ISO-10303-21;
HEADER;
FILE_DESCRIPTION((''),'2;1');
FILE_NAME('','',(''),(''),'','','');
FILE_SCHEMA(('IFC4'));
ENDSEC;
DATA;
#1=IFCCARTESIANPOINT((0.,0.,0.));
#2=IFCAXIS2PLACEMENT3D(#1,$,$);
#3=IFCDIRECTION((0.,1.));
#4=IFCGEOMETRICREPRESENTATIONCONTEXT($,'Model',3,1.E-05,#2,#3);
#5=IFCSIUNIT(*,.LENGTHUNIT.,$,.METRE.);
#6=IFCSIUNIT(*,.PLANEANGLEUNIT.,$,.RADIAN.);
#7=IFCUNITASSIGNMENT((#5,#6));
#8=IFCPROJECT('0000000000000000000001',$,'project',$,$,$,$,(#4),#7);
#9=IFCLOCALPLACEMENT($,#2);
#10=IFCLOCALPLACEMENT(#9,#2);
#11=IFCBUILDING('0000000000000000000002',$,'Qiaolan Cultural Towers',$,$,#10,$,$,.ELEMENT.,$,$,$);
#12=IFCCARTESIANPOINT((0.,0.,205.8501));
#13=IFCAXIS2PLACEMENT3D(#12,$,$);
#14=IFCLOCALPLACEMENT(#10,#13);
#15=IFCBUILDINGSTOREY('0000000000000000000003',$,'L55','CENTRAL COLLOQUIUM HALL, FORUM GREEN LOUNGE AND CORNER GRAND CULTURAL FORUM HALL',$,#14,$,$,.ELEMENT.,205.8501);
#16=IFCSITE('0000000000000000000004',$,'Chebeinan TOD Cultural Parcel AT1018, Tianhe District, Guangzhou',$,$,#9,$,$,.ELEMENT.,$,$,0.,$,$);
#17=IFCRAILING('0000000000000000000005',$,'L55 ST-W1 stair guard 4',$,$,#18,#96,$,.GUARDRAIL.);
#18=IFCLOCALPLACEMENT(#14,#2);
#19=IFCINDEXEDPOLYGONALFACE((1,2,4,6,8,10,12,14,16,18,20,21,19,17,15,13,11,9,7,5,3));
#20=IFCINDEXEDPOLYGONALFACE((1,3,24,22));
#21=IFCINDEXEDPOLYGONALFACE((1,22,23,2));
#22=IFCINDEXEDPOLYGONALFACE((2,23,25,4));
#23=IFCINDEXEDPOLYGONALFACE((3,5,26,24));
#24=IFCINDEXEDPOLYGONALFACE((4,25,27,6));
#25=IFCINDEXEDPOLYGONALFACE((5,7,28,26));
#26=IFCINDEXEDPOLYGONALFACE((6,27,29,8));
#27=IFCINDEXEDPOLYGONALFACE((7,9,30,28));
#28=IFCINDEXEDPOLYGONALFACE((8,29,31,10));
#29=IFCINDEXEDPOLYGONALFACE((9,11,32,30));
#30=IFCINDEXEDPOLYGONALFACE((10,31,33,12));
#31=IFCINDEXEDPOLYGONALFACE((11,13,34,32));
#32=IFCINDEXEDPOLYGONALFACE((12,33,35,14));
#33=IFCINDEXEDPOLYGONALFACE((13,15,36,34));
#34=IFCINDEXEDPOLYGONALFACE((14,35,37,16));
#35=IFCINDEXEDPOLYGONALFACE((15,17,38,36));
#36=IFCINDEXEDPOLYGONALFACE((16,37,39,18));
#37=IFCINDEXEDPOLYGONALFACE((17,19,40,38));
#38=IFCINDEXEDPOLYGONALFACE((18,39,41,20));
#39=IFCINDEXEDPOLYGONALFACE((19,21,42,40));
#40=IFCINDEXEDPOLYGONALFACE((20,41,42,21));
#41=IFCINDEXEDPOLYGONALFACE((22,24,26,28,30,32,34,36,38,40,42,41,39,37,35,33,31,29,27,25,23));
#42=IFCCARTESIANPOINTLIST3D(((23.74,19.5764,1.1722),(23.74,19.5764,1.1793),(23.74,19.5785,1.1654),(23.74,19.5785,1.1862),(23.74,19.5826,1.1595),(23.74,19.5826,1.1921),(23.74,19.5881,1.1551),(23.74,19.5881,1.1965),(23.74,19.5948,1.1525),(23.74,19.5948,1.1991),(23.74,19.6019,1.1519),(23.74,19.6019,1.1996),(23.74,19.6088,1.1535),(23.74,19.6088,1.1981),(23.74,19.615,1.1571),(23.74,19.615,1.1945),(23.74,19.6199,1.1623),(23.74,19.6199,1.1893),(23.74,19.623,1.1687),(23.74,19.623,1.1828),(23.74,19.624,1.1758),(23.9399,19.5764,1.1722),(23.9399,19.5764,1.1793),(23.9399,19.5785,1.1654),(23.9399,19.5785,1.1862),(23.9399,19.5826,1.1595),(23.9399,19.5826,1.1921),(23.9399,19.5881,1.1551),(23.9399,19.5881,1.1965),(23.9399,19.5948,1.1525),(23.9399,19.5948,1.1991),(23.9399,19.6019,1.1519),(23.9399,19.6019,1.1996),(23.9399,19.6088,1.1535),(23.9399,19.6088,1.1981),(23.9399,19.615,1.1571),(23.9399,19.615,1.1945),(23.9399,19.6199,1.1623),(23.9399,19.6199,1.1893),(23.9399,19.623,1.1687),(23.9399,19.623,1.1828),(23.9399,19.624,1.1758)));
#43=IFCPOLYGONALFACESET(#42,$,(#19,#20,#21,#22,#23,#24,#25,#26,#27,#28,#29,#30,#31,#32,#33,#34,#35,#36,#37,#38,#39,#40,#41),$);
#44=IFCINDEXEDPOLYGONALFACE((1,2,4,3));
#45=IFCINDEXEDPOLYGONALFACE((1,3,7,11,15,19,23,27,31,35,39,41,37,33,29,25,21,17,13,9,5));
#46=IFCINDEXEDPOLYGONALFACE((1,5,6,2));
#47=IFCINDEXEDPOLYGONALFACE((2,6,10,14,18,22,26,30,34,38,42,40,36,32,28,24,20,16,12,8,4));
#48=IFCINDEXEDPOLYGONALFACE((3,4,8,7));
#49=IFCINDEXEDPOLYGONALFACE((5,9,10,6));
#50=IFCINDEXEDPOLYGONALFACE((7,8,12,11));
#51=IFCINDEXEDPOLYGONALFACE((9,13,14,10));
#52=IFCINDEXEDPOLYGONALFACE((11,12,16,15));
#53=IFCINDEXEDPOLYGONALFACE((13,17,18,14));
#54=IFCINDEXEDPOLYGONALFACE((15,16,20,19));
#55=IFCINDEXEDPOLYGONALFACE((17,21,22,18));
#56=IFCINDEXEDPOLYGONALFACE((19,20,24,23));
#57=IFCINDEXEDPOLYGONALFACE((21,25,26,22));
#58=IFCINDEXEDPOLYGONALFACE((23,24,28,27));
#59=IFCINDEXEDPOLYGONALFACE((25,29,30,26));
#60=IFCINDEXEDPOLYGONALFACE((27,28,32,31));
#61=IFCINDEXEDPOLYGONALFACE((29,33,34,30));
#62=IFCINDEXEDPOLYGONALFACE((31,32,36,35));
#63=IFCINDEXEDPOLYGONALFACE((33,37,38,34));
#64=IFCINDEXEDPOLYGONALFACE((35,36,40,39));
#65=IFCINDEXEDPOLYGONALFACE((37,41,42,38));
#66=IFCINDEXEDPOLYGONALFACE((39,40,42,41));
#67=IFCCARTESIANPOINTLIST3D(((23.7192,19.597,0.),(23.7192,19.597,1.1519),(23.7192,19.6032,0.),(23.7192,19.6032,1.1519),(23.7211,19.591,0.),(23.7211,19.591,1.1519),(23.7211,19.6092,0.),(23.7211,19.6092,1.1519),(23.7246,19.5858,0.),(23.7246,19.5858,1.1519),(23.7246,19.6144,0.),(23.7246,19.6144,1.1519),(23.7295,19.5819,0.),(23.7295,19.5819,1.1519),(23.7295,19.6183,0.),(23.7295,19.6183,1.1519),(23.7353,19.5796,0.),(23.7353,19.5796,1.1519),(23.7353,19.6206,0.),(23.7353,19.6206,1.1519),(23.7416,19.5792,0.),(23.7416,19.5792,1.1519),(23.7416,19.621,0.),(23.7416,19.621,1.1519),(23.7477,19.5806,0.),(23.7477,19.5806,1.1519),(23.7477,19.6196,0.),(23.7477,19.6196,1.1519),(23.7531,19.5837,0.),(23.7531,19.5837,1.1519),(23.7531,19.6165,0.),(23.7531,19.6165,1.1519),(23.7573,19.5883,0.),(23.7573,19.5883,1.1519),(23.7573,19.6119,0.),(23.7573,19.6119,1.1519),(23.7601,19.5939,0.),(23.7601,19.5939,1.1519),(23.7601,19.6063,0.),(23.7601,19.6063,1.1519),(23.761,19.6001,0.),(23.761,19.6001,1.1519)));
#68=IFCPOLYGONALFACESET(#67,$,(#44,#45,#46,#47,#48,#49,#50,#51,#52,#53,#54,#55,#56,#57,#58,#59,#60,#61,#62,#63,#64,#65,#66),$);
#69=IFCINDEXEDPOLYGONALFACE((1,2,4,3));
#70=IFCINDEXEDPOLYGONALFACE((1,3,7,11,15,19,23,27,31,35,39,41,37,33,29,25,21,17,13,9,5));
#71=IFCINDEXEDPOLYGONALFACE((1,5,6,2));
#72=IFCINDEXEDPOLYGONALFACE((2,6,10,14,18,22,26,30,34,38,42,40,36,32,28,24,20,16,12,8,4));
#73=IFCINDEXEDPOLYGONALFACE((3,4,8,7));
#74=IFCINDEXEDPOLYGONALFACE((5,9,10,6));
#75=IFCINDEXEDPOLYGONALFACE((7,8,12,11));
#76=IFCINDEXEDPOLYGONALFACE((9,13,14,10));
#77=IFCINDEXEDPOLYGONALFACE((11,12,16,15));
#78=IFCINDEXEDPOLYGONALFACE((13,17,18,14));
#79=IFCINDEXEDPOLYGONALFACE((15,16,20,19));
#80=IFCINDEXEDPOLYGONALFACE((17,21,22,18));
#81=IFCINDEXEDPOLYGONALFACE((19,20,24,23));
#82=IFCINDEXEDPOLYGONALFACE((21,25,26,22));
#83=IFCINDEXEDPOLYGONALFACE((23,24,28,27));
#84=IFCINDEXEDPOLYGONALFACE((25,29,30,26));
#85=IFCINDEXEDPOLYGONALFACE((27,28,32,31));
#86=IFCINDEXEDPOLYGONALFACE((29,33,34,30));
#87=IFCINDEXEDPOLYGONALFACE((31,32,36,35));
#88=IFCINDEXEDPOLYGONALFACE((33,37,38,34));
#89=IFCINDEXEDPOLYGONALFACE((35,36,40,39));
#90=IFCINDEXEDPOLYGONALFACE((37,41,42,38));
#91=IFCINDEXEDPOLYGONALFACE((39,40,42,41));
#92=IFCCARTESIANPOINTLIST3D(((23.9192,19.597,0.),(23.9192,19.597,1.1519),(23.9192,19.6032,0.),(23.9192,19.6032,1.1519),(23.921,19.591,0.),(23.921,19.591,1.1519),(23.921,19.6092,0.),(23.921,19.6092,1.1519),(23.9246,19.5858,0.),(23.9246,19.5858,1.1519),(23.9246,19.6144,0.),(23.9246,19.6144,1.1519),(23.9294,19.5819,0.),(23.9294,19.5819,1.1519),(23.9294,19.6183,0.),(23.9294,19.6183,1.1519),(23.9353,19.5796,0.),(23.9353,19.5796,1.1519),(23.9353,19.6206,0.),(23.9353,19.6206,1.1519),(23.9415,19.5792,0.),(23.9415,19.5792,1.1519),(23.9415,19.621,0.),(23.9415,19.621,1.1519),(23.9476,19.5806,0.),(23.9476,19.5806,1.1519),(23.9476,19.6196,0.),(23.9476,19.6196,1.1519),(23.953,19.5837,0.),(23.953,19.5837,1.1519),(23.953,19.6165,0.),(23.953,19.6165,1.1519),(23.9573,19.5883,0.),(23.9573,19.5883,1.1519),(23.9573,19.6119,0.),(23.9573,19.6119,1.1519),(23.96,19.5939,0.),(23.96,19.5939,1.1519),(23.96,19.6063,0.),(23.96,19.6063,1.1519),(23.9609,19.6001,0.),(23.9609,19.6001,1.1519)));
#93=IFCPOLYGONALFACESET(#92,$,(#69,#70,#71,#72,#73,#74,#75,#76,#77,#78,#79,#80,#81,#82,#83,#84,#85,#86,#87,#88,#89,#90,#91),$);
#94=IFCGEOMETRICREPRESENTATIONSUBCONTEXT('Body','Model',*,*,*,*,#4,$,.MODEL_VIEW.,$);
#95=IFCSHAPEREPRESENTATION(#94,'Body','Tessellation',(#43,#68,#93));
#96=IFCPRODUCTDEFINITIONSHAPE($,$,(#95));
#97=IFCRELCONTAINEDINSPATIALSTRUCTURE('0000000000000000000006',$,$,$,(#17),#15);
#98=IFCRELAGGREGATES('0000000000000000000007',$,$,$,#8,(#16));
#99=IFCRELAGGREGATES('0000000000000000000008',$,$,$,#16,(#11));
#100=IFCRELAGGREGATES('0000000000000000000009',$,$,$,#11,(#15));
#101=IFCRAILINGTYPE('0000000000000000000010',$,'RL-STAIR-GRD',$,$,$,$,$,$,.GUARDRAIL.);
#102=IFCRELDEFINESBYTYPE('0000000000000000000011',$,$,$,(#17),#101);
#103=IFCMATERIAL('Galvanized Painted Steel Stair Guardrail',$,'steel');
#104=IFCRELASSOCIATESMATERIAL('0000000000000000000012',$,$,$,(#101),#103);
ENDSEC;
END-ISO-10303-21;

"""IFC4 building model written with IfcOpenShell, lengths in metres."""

from ifc_helpers import new_model, si_unit, direction, frame, origin, origin_2d, place, context, subcontext, project, spatial, circle, extrude, material, type_object, element, save


model = new_model("IFC4")

# Units and contexts
model_context = context("Model", 3, precision=1e-05, world=origin(), true_north=direction((0.0, 1.0)))
body_context = subcontext(model_context, "Body", "Model", "MODEL_VIEW")
ifc_project = project(units=[si_unit("LENGTHUNIT", "METRE"), si_unit("PLANEANGLEUNIT", "RADIAN")], contexts=[model_context])

# Site, building, storey
site_placement = place(None, origin())
site = spatial("IfcSite", under=ifc_project, at=site_placement, Name="Chebeinan TOD Cultural Parcel AT1018, Tianhe District, Guangzhou", CompositionType="ELEMENT", RefElevation=0.0)
building_placement = place(site_placement, origin())
building = spatial("IfcBuilding", under=site, at=building_placement, Name="Qiaolan Cultural Towers", CompositionType="ELEMENT")
storey_placement = place(building_placement, frame((0.0, 0.0, 205.8501)))
storey = spatial("IfcBuildingStorey", under=building, at=storey_placement, Name="L55", Description="CENTRAL COLLOQUIUM HALL, FORUM GREEN LOUNGE AND CORNER GRAND CULTURAL FORUM HALL", CompositionType="ELEMENT", Elevation=205.8501)

# Railing
ifc_material_1 = material(Name="Galvanized Painted Steel Stair Guardrail", Category="steel")
railing_type_1 = type_object("IfcRailingType", Name="RL-STAIR-GRD", PredefinedType="GUARDRAIL", material=ifc_material_1)
railing_1_placement = place(storey_placement, frame((23.74, 19.6001, 0.0)))
element("IfcRailing", 1, at=railing_1_placement, inside=storey, type_object=railing_type_1, Name="L55 ST-W1 stair guard 4", PredefinedType="GUARDRAIL", context=body_context, shape_type="SweptSolid", body=[
    extrude(circle(Radius=0.0239, at=origin_2d()), frame((0.0, 0.0, 1.1758), z_axis=(1.0, 0.0, 0.0), x_axis=(0.0, 1.0, 0.0)), (0.0, 0.0, 1.0), 0.2),
    extrude(circle(Radius=0.021, at=origin_2d()), origin(), (0.0, 0.0, 1.0), 1.1519),
    extrude(circle(Radius=0.021, at=origin_2d()), frame((0.2, 0.0, 0.0)), (0.0, 0.0, 1.0), 1.1519),
])

save(model, "model.ifc")
